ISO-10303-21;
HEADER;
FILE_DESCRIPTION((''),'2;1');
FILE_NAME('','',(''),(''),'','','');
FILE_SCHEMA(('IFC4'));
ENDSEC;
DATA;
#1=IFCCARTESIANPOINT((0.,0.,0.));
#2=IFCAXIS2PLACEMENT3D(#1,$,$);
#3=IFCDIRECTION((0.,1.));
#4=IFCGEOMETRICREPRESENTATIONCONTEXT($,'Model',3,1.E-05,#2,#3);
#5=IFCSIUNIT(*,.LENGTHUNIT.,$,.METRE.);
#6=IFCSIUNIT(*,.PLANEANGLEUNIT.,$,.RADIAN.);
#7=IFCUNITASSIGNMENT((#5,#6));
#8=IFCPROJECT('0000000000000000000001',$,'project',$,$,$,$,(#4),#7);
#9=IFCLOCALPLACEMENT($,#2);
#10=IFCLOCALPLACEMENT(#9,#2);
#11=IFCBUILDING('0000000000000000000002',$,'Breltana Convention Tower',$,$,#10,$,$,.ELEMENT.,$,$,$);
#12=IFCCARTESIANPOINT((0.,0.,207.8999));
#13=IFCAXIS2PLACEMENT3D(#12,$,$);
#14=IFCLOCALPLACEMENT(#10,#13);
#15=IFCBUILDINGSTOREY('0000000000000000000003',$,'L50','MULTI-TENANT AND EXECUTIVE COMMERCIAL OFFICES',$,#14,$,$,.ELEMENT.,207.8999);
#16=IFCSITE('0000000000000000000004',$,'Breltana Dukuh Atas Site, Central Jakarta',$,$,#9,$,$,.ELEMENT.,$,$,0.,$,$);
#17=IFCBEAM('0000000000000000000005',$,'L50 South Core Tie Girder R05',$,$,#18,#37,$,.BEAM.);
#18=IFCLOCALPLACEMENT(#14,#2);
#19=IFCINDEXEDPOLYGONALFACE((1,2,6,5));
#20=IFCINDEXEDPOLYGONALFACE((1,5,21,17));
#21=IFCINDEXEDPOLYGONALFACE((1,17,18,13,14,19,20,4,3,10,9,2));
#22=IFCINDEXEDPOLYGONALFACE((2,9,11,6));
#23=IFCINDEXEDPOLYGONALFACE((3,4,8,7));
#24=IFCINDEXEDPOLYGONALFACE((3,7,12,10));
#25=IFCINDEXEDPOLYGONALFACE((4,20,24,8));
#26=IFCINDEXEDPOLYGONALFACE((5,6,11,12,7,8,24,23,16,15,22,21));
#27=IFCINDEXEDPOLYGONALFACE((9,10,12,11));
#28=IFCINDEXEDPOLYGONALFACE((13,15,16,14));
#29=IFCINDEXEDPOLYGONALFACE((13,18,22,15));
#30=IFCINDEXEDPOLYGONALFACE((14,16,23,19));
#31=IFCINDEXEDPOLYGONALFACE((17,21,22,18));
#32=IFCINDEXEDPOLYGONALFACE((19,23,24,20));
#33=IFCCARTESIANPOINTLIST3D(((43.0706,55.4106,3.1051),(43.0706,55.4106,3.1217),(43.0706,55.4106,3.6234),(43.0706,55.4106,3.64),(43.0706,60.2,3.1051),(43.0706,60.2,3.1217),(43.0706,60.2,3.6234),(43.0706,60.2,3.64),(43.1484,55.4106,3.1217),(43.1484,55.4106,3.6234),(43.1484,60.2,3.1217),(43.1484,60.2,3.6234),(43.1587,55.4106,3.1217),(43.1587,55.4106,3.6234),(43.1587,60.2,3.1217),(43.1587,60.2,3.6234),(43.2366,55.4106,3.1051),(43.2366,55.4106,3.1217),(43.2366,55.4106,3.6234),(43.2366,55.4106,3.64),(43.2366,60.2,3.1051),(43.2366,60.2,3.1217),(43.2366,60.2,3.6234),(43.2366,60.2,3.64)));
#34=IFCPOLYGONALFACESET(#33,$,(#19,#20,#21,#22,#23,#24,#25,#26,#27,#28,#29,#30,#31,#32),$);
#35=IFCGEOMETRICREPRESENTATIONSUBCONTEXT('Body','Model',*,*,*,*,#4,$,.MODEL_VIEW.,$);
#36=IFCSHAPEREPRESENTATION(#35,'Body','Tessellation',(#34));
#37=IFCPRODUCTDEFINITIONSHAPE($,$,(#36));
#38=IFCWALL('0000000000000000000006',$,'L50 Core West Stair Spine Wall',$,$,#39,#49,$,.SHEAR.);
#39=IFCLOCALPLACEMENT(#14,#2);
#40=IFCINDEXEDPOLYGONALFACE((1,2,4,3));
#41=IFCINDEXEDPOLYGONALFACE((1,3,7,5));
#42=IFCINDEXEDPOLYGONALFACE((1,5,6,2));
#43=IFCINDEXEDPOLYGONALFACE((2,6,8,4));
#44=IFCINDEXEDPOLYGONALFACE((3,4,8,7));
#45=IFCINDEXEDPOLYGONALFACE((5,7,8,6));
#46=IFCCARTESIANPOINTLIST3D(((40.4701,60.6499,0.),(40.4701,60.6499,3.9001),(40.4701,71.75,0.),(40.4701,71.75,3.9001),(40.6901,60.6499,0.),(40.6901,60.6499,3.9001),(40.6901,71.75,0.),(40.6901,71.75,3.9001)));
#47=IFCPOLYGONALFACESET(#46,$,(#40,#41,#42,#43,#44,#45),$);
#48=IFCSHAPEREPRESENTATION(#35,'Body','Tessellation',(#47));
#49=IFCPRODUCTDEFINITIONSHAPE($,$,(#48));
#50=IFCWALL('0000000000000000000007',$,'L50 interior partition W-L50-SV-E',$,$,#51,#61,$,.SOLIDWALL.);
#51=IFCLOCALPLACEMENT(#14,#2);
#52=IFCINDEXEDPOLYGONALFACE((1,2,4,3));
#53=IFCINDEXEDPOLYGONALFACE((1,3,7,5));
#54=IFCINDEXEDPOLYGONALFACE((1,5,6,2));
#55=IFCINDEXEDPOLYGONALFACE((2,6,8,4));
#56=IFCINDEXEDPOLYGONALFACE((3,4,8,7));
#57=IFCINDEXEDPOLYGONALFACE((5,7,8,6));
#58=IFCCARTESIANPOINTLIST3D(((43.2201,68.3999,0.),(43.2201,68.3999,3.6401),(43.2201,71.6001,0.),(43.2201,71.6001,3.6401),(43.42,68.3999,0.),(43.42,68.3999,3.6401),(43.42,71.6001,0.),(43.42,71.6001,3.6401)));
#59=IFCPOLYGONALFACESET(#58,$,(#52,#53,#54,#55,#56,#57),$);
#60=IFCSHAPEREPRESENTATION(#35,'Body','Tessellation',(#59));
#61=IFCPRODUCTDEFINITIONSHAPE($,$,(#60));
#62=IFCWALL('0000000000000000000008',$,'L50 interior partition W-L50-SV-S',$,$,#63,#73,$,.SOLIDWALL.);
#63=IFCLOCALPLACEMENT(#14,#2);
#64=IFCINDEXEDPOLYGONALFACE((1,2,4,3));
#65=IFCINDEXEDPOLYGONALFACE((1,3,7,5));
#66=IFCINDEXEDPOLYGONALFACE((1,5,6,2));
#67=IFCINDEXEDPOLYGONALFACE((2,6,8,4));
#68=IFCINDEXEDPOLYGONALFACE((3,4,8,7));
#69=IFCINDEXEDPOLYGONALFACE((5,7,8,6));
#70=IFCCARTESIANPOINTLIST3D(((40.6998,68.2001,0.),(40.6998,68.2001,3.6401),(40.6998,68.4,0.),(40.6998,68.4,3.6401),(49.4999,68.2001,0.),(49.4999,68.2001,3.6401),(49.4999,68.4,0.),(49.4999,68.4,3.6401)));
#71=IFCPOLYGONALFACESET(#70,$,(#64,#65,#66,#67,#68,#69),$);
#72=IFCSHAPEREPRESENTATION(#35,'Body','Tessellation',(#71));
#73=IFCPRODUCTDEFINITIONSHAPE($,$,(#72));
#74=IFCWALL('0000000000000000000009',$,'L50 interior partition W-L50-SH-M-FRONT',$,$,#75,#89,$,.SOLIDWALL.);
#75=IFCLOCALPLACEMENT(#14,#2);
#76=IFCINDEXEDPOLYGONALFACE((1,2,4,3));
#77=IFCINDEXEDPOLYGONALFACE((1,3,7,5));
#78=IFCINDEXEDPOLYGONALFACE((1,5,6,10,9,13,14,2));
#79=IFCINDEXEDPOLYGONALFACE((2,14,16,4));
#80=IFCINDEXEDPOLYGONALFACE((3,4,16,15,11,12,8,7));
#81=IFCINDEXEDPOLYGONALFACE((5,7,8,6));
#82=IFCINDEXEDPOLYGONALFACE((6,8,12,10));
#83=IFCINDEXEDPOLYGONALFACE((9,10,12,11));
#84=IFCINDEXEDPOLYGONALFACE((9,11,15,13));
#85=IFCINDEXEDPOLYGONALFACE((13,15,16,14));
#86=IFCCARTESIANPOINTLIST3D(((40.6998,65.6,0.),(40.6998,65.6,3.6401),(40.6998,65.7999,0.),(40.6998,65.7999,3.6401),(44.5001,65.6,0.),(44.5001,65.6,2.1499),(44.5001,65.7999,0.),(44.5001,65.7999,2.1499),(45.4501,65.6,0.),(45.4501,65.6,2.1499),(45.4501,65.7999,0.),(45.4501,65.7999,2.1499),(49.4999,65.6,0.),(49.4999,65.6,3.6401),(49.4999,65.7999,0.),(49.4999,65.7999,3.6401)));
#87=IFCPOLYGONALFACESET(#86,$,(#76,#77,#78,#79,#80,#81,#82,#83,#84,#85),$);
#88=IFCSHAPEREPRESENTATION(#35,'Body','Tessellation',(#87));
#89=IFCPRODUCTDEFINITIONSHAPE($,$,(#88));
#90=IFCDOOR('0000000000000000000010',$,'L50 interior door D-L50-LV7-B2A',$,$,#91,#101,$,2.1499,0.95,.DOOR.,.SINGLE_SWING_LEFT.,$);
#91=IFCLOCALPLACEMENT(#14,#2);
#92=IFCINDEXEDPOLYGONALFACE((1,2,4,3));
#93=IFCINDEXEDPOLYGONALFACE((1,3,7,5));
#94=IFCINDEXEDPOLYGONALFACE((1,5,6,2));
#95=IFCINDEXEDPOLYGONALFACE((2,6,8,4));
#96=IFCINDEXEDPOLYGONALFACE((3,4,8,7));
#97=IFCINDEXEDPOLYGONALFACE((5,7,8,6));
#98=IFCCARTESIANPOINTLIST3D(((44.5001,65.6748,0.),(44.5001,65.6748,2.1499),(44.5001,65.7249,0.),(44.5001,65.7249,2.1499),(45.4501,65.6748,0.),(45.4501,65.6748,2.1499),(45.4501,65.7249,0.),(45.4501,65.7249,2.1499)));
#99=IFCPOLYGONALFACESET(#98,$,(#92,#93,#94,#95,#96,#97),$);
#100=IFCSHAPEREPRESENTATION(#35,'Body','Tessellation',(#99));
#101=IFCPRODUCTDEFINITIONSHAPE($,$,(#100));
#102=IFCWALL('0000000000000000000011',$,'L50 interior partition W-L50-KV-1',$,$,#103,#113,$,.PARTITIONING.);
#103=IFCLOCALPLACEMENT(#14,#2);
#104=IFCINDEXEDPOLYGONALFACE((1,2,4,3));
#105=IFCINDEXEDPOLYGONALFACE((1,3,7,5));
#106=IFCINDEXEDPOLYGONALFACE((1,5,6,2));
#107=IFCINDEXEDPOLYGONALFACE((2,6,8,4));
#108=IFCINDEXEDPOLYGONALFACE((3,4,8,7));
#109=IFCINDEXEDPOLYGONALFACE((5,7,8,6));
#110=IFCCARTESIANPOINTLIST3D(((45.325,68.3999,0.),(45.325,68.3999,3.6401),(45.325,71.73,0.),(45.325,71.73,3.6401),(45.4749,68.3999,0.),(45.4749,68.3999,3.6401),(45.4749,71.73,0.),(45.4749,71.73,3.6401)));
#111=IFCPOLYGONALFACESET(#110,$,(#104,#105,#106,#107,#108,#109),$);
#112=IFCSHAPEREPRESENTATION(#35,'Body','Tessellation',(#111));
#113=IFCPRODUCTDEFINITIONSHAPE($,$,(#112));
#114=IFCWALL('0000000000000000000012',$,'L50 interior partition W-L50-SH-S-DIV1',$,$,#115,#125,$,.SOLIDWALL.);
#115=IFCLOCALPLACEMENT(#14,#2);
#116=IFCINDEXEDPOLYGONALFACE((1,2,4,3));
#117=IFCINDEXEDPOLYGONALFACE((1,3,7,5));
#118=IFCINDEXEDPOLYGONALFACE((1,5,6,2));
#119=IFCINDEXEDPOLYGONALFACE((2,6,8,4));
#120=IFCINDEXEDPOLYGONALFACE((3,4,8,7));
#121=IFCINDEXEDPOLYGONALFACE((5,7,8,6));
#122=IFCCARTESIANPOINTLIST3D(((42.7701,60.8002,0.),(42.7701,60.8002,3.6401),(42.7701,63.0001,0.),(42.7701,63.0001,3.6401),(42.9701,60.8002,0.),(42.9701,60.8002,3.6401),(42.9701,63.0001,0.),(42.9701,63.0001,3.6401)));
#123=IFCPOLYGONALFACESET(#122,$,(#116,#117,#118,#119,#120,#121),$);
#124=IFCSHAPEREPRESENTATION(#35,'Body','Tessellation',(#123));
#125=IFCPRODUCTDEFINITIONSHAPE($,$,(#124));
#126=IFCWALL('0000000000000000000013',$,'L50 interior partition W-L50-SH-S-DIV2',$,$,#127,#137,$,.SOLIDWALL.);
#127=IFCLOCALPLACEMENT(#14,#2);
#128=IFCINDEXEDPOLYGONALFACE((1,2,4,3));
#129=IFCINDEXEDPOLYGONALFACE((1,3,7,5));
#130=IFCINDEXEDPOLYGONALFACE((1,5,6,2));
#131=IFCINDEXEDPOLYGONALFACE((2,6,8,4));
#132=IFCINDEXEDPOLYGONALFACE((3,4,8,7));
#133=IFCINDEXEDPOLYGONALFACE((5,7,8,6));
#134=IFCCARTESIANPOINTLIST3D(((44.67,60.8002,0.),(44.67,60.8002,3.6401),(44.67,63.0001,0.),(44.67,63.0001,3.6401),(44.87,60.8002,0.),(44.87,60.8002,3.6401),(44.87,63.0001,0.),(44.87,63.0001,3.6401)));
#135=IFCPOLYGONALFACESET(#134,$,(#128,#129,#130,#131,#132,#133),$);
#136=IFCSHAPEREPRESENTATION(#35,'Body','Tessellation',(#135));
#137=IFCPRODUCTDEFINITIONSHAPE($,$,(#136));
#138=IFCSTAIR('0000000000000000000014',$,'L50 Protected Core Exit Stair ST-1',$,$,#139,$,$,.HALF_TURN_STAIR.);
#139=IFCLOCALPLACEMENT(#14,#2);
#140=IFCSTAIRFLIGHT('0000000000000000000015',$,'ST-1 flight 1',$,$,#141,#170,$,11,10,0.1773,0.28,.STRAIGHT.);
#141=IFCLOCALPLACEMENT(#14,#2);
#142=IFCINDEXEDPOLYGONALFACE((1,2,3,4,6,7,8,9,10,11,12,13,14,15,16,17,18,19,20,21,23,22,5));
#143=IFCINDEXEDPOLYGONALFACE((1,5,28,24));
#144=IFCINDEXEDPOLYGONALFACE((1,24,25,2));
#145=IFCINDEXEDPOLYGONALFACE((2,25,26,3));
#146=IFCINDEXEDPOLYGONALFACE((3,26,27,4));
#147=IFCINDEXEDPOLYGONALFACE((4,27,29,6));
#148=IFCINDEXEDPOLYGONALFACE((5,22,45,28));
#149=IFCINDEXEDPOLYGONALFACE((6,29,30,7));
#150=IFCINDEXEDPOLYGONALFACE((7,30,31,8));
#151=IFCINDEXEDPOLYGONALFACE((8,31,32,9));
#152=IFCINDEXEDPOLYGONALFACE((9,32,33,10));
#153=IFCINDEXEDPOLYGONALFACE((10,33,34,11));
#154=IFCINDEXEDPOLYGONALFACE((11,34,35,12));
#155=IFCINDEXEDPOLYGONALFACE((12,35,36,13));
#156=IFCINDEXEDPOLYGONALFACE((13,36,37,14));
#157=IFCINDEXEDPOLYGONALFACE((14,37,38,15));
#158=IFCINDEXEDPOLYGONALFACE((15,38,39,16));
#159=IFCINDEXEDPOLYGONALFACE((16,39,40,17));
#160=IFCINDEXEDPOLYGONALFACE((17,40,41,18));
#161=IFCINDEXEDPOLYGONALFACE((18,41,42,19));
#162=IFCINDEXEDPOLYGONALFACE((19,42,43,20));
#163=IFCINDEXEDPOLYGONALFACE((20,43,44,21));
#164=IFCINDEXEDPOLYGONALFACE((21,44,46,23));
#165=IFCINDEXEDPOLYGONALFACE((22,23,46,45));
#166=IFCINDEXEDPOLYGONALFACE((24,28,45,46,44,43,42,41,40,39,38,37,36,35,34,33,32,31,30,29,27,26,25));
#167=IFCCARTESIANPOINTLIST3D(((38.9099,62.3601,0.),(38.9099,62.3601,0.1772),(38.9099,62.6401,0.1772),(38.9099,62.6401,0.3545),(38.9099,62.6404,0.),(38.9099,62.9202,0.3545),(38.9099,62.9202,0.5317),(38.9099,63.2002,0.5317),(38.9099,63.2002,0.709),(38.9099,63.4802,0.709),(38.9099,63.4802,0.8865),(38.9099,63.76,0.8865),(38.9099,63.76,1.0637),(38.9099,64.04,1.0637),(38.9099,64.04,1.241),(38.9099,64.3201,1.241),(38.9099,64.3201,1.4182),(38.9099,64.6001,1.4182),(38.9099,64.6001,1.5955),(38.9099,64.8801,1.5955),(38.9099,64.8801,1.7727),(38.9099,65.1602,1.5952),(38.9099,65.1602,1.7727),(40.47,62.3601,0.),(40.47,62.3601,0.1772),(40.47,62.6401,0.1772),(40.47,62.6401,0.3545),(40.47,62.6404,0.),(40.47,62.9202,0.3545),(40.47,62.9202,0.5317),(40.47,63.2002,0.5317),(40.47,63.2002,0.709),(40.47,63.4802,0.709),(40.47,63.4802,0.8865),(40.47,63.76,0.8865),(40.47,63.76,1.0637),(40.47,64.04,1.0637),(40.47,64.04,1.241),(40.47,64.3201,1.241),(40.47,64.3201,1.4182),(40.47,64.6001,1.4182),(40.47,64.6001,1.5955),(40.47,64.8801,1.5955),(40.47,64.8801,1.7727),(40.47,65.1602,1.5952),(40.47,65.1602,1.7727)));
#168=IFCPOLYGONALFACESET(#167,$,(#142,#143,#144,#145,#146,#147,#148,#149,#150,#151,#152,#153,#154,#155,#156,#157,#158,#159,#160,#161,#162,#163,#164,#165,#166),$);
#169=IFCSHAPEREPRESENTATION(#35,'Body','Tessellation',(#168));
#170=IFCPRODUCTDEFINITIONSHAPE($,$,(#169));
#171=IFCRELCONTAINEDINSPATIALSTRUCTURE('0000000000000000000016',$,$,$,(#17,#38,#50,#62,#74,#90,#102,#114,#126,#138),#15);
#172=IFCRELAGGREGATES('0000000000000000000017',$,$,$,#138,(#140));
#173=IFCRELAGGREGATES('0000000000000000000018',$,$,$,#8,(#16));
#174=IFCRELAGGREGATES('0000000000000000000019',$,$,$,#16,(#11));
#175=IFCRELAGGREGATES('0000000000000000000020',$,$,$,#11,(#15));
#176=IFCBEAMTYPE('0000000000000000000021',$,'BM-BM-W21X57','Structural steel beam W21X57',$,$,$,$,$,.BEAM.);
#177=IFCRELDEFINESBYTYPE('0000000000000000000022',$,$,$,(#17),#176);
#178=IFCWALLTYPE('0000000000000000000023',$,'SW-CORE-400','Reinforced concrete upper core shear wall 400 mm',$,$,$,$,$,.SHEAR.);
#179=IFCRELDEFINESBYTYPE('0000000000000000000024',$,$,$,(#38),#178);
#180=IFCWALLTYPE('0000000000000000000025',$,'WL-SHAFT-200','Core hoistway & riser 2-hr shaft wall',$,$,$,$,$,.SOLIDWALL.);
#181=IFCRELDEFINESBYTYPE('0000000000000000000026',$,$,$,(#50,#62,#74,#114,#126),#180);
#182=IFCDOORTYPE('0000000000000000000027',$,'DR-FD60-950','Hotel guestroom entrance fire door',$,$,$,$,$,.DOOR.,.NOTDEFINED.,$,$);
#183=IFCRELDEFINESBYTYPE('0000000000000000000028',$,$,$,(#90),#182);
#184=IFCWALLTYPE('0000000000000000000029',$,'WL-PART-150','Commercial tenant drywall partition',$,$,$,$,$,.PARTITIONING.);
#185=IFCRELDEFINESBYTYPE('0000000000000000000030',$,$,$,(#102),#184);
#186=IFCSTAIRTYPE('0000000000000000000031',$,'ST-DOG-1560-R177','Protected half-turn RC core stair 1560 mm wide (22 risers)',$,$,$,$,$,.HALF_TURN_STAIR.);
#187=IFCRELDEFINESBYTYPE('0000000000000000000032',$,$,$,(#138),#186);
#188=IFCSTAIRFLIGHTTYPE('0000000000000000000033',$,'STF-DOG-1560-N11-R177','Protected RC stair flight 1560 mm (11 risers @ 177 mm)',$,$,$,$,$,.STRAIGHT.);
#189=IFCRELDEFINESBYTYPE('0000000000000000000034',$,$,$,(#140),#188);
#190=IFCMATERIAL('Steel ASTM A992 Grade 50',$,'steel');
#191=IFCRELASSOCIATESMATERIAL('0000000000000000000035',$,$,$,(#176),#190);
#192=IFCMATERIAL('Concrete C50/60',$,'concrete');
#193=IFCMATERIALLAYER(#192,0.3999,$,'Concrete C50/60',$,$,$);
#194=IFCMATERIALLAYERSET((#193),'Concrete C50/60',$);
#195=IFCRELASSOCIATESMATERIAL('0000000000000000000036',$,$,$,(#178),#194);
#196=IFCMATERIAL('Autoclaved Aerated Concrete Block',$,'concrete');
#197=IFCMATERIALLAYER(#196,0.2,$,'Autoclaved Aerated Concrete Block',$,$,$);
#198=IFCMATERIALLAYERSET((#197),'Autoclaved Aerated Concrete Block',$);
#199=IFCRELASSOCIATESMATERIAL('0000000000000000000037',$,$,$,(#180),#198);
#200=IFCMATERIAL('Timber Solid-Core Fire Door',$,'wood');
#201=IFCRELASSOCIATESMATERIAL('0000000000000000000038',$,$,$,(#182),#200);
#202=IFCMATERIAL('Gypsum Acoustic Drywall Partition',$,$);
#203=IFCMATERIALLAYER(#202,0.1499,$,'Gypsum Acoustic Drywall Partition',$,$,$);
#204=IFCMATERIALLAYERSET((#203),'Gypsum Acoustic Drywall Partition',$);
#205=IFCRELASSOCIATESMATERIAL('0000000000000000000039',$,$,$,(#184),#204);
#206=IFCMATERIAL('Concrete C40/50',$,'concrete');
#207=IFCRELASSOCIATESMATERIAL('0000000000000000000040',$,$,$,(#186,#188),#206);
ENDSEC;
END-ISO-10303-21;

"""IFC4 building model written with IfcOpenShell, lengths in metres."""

from ifc_helpers import new_model, si_unit, direction, frame, frame_2d, origin, origin_2d, place, context, subcontext, project, spatial, polyline, rectangle, i_section, outline, extrude, source, transform, mapped, material, layer, layer_set, material_profile, profile_set, type_object, type_shapes, element, fill, aggregate, save


model = new_model("IFC4")

# Units and contexts
model_context = context("Model", 3, precision=1e-05, world=origin(), true_north=direction((0.0, 1.0)))
body_context = subcontext(model_context, "Body", "Model", "MODEL_VIEW")
ifc_project = project(units=[si_unit("LENGTHUNIT", "METRE"), si_unit("PLANEANGLEUNIT", "RADIAN")], contexts=[model_context])

# Site, building, storey
site_placement = place(None, origin())
site = spatial("IfcSite", under=ifc_project, at=site_placement, Name="Breltana Dukuh Atas Site, Central Jakarta", CompositionType="ELEMENT", RefElevation=0.0)
building_placement = place(site_placement, origin())
building = spatial("IfcBuilding", under=site, at=building_placement, Name="Breltana Convention Tower", CompositionType="ELEMENT")
storey_placement = place(building_placement, frame((0.0, 0.0, 207.8999)))
storey = spatial("IfcBuildingStorey", under=building, at=storey_placement, Name="L50", Description="MULTI-TENANT AND EXECUTIVE COMMERCIAL OFFICES", CompositionType="ELEMENT", Elevation=207.8999)

# Beam
ifc_material_1 = material(Name="Steel ASTM A992 Grade 50", Category="steel")
ifc_material_profile = material_profile(ifc_material_1, i_section(OverallWidth=0.166, OverallDepth=0.5349, WebThickness=0.0103, FlangeThickness=0.0166, at=origin_2d()), Name="W21X57")
ifc_profile_set = profile_set([ifc_material_profile], Name="Steel ASTM A992 Grade 50")
beam_type = type_object("IfcBeamType", Name="BM-BM-W21X57", Description="Structural steel beam W21X57", PredefinedType="BEAM", material=ifc_profile_set)
shared_shape_1 = source(origin(), body_context, "Body", "SweptSolid", [
    extrude(i_section(OverallWidth=0.166, OverallDepth=0.5349, WebThickness=0.0103, FlangeThickness=0.0166, at=origin_2d()), origin(), (0.0, 0.0, 1.0), 4.7893),
])
beam_placement = place(storey_placement, frame((43.1536, 60.2, 3.3726), z_axis=(0.0, -1.0, 0.0), x_axis=(1.0, 0.0, 0.0)))
element("IfcBeam", 1, at=beam_placement, inside=storey, type_object=beam_type, Name="L50 South Core Tie Girder R05", PredefinedType="BEAM", context=body_context, shape_type="MappedRepresentation", body=[
    mapped(shared_shape_1, transform((0.0, 0.0, 0.0), scale=1.0)),
])

# Walls
ifc_material_2 = material(Name="Concrete C50/60", Category="concrete")
ifc_layer_1 = layer(ifc_material_2, 0.3999, Name="Concrete C50/60")
ifc_layer_set_1 = layer_set([ifc_layer_1], Name="Concrete C50/60")
wall_type_1 = type_object("IfcWallType", Name="SW-CORE-400", Description="Reinforced concrete upper core shear wall 400 mm", PredefinedType="SHEAR", material=ifc_layer_set_1)
shared_shape_2 = source(origin(), body_context, "Body", "SweptSolid", [
    extrude(rectangle(XDim=11.1001, YDim=0.22, at=frame_2d((5.55, 0.0))), origin(), (0.0, 0.0, 1.0), 3.9001),
])
wall_1_placement = place(storey_placement, frame((40.5801, 60.6499, 0.0), z_axis=(0.0, 0.0, 1.0), x_axis=(0.0, 1.0, 0.0)))
element("IfcWall", 2, at=wall_1_placement, inside=storey, type_object=wall_type_1, Name="L50 Core West Stair Spine Wall", PredefinedType="SHEAR", context=body_context, shape_type="MappedRepresentation", body=[
    mapped(shared_shape_2, transform((0.0, 0.0, 0.0), scale=1.0)),
])
ifc_material_3 = material(Name="Autoclaved Aerated Concrete Block", Category="concrete")
ifc_layer_2 = layer(ifc_material_3, 0.2, Name="Autoclaved Aerated Concrete Block")
ifc_layer_set_2 = layer_set([ifc_layer_2], Name="Autoclaved Aerated Concrete Block")
wall_type_2 = type_object("IfcWallType", Name="WL-SHAFT-200", Description="Core hoistway & riser 2-hr shaft wall", PredefinedType="SOLIDWALL", material=ifc_layer_set_2)
shared_shape_3 = source(origin(), body_context, "Body", "SweptSolid", [
    extrude(rectangle(XDim=3.2002, YDim=0.2, at=frame_2d((1.6001, 0.0))), origin(), (0.0, 0.0, 1.0), 3.6401),
])
wall_2_placement = place(storey_placement, frame((43.3201, 68.3999, 0.0), z_axis=(0.0, 0.0, 1.0), x_axis=(0.0, 1.0, 0.0)))
element("IfcWall", 3, at=wall_2_placement, inside=storey, type_object=wall_type_2, Name="L50 interior partition W-L50-SV-E", PredefinedType="SOLIDWALL", context=body_context, shape_type="MappedRepresentation", body=[
    mapped(shared_shape_3, transform((0.0, 0.0, 0.0), scale=1.0)),
])
shared_shape_4 = source(origin(), body_context, "Body", "SweptSolid", [
    extrude(rectangle(XDim=8.8, YDim=0.2, at=frame_2d((4.3999, 0.0))), origin(), (0.0, 0.0, 1.0), 3.6401),
])
wall_3_placement = place(storey_placement, frame((40.7, 68.3, 0.0), z_axis=(0.0, 0.0, 1.0), x_axis=(1.0, 0.0, 0.0)))
element("IfcWall", 4, at=wall_3_placement, inside=storey, type_object=wall_type_2, Name="L50 interior partition W-L50-SV-S", PredefinedType="SOLIDWALL", context=body_context, shape_type="MappedRepresentation", body=[
    mapped(shared_shape_4, transform((0.0, 0.0, 0.0), scale=1.0)),
])

# Wall, opening, door
wall_4_placement = place(storey_placement, frame((40.7, 65.7, 0.0), z_axis=(0.0, 0.0, 1.0), x_axis=(1.0, 0.0, 0.0)))
wall_4 = element("IfcWall", 5, at=wall_4_placement, inside=storey, type_object=wall_type_2, Name="L50 interior partition W-L50-SH-M-FRONT", PredefinedType="SOLIDWALL", context=body_context, shape_type="MappedRepresentation", body=[
    mapped(shared_shape_4, transform((0.0, 0.0, 0.0), scale=1.0)),
])
opening_1_placement = place(wall_4_placement, frame((3.8, 0.0, 0.0)))
opening_1 = element("IfcOpeningElement", 6, at=opening_1_placement, cuts=wall_4, PredefinedType="OPENING", context=body_context, shape_type="SweptSolid", body=[
    extrude(rectangle(XDim=0.95, YDim=2.1499, at=frame_2d((0.4751, 1.075))), frame((0.0, 0.1099, 0.0), z_axis=(0.0, -1.0, 0.0), x_axis=(1.0, 0.0, 0.0)), (0.0, 0.0, 1.0), 0.22),
])
ifc_material_4 = material(Name="Timber Solid-Core Fire Door", Category="wood")
door_type_1 = type_object("IfcDoorType", Name="DR-FD60-950", Description="Hotel guestroom entrance fire door", OperationType="NOTDEFINED", PredefinedType="DOOR", material=ifc_material_4)
shared_shape_5 = source(origin(), body_context, "Body", "SweptSolid", [
    extrude(rectangle(XDim=0.95, YDim=2.1499, at=frame_2d((0.4751, 1.075))), frame((0.0, 0.0249, 0.0), z_axis=(0.0, -1.0, 0.0), x_axis=(1.0, 0.0, 0.0)), (0.0, 0.0, 1.0), 0.05),
])
type_shapes(door_type_1, [shared_shape_5])
door_1_placement = place(opening_1_placement, origin())
door_1 = element("IfcDoor", 7, at=door_1_placement, inside=storey, type_object=door_type_1, Name="L50 interior door D-L50-LV7-B2A", OperationType="SINGLE_SWING_LEFT", OverallHeight=2.1499, OverallWidth=0.95, PredefinedType="DOOR", context=body_context, shape_type="MappedRepresentation", body=[
    mapped(shared_shape_5, transform((0.0, 0.0, 0.0), scale=1.0)),
])
fill(opening_1, door_1)

# Wall
ifc_material_5 = material(Name="Gypsum Acoustic Drywall Partition")
ifc_layer_3 = layer(ifc_material_5, 0.1499, Name="Gypsum Acoustic Drywall Partition")
ifc_layer_set_3 = layer_set([ifc_layer_3], Name="Gypsum Acoustic Drywall Partition")
wall_type_3 = type_object("IfcWallType", Name="WL-PART-150", Description="Commercial tenant drywall partition", PredefinedType="PARTITIONING", material=ifc_layer_set_3)
shared_shape_6 = source(origin(), body_context, "Body", "SweptSolid", [
    extrude(rectangle(XDim=3.3301, YDim=0.1499, at=frame_2d((1.665, 0.0))), origin(), (0.0, 0.0, 1.0), 3.6401),
])
wall_5_placement = place(storey_placement, frame((45.3999, 68.3999, 0.0), z_axis=(0.0, 0.0, 1.0), x_axis=(0.0, 1.0, 0.0)))
element("IfcWall", 8, at=wall_5_placement, inside=storey, type_object=wall_type_3, Name="L50 interior partition W-L50-KV-1", PredefinedType="PARTITIONING", context=body_context, shape_type="MappedRepresentation", body=[
    mapped(shared_shape_6, transform((0.0, 0.0, 0.0), scale=1.0)),
])

# Walls
shared_shape_7 = source(origin(), body_context, "Body", "SweptSolid", [
    extrude(rectangle(XDim=2.2, YDim=0.2, at=frame_2d((1.1001, 0.0))), origin(), (0.0, 0.0, 1.0), 3.6401),
])
for number, where, z_axis, x_axis, name in (
    (9, (42.8701, 60.8, 0.0), (0.0, 0.0, 1.0), (0.0, 1.0, 0.0), "L50 interior partition W-L50-SH-S-DIV1"),
    (10, (44.77, 60.8, 0.0), (0.0, 0.0, 1.0), (0.0, 1.0, 0.0), "L50 interior partition W-L50-SH-S-DIV2"),
):
    element("IfcWall", number, at=place(storey_placement, frame(where, z_axis=z_axis, x_axis=x_axis)), inside=storey, type_object=wall_type_2, Name=name, PredefinedType="SOLIDWALL", context=body_context, shape_type="MappedRepresentation", body=[
        mapped(shared_shape_7, transform((0.0, 0.0, 0.0), scale=1.0)),
    ])

# Stair, stair flight
ifc_material_6 = material(Name="Concrete C40/50", Category="concrete")
stair_type = type_object("IfcStairType", Name="ST-DOG-1560-R177", Description="Protected half-turn RC core stair 1560 mm wide (22 risers)", PredefinedType="HALF_TURN_STAIR", material=ifc_material_6)
stair_placement = place(storey_placement, origin())
stair = element("IfcStair", 11, at=stair_placement, inside=storey, type_object=stair_type, Name="L50 Protected Core Exit Stair ST-1", PredefinedType="HALF_TURN_STAIR")
stair_flight_type = type_object("IfcStairFlightType", Name="STF-DOG-1560-N11-R177", Description="Protected RC stair flight 1560 mm (11 risers @ 177 mm)", PredefinedType="STRAIGHT", material=ifc_material_6)
stair_flight_1_placement = place(storey_placement, frame((39.6899, 62.3601, 0.0), z_axis=(0.0, 0.0, 1.0), x_axis=(0.0, 1.0, 0.0)))
stair_flight_1 = element("IfcStairFlight", 12, at=stair_flight_1_placement, type_object=stair_flight_type, Name="ST-1 flight 1", NumberOfRisers=11, NumberOfTreads=10, PredefinedType="STRAIGHT", RiserHeight=0.1773, TreadLength=0.28, context=body_context, shape_type="SweptSolid", body=[
    extrude(outline(polyline([(0.0, 0.0), (0.0, 0.1772), (0.28, 0.1772), (0.28, 0.3545), (0.5601, 0.3545), (0.5601, 0.5317), (0.8401, 0.5317), (0.8401, 0.709), (1.1201, 0.709), (1.1201, 0.8865), (1.3999, 0.8865), (1.3999, 1.0637), (1.6799, 1.0637), (1.6799, 1.241), (1.96, 1.241), (1.96, 1.4182), (2.24, 1.4182), (2.24, 1.5955), (2.52, 1.5955), (2.52, 1.7727), (2.8, 1.7727), (2.8, 1.95), (2.8, 1.5952), (0.2803, 0.0), (0.0, 0.0)])), frame((0.0, 0.78, 0.0), z_axis=(0.0, -1.0, 0.0), x_axis=(1.0, 0.0, 0.0)), (0.0, 0.0, 1.0), 1.5601),
])
aggregate(stair, [stair_flight_1])

save(model, "model.ifc")
